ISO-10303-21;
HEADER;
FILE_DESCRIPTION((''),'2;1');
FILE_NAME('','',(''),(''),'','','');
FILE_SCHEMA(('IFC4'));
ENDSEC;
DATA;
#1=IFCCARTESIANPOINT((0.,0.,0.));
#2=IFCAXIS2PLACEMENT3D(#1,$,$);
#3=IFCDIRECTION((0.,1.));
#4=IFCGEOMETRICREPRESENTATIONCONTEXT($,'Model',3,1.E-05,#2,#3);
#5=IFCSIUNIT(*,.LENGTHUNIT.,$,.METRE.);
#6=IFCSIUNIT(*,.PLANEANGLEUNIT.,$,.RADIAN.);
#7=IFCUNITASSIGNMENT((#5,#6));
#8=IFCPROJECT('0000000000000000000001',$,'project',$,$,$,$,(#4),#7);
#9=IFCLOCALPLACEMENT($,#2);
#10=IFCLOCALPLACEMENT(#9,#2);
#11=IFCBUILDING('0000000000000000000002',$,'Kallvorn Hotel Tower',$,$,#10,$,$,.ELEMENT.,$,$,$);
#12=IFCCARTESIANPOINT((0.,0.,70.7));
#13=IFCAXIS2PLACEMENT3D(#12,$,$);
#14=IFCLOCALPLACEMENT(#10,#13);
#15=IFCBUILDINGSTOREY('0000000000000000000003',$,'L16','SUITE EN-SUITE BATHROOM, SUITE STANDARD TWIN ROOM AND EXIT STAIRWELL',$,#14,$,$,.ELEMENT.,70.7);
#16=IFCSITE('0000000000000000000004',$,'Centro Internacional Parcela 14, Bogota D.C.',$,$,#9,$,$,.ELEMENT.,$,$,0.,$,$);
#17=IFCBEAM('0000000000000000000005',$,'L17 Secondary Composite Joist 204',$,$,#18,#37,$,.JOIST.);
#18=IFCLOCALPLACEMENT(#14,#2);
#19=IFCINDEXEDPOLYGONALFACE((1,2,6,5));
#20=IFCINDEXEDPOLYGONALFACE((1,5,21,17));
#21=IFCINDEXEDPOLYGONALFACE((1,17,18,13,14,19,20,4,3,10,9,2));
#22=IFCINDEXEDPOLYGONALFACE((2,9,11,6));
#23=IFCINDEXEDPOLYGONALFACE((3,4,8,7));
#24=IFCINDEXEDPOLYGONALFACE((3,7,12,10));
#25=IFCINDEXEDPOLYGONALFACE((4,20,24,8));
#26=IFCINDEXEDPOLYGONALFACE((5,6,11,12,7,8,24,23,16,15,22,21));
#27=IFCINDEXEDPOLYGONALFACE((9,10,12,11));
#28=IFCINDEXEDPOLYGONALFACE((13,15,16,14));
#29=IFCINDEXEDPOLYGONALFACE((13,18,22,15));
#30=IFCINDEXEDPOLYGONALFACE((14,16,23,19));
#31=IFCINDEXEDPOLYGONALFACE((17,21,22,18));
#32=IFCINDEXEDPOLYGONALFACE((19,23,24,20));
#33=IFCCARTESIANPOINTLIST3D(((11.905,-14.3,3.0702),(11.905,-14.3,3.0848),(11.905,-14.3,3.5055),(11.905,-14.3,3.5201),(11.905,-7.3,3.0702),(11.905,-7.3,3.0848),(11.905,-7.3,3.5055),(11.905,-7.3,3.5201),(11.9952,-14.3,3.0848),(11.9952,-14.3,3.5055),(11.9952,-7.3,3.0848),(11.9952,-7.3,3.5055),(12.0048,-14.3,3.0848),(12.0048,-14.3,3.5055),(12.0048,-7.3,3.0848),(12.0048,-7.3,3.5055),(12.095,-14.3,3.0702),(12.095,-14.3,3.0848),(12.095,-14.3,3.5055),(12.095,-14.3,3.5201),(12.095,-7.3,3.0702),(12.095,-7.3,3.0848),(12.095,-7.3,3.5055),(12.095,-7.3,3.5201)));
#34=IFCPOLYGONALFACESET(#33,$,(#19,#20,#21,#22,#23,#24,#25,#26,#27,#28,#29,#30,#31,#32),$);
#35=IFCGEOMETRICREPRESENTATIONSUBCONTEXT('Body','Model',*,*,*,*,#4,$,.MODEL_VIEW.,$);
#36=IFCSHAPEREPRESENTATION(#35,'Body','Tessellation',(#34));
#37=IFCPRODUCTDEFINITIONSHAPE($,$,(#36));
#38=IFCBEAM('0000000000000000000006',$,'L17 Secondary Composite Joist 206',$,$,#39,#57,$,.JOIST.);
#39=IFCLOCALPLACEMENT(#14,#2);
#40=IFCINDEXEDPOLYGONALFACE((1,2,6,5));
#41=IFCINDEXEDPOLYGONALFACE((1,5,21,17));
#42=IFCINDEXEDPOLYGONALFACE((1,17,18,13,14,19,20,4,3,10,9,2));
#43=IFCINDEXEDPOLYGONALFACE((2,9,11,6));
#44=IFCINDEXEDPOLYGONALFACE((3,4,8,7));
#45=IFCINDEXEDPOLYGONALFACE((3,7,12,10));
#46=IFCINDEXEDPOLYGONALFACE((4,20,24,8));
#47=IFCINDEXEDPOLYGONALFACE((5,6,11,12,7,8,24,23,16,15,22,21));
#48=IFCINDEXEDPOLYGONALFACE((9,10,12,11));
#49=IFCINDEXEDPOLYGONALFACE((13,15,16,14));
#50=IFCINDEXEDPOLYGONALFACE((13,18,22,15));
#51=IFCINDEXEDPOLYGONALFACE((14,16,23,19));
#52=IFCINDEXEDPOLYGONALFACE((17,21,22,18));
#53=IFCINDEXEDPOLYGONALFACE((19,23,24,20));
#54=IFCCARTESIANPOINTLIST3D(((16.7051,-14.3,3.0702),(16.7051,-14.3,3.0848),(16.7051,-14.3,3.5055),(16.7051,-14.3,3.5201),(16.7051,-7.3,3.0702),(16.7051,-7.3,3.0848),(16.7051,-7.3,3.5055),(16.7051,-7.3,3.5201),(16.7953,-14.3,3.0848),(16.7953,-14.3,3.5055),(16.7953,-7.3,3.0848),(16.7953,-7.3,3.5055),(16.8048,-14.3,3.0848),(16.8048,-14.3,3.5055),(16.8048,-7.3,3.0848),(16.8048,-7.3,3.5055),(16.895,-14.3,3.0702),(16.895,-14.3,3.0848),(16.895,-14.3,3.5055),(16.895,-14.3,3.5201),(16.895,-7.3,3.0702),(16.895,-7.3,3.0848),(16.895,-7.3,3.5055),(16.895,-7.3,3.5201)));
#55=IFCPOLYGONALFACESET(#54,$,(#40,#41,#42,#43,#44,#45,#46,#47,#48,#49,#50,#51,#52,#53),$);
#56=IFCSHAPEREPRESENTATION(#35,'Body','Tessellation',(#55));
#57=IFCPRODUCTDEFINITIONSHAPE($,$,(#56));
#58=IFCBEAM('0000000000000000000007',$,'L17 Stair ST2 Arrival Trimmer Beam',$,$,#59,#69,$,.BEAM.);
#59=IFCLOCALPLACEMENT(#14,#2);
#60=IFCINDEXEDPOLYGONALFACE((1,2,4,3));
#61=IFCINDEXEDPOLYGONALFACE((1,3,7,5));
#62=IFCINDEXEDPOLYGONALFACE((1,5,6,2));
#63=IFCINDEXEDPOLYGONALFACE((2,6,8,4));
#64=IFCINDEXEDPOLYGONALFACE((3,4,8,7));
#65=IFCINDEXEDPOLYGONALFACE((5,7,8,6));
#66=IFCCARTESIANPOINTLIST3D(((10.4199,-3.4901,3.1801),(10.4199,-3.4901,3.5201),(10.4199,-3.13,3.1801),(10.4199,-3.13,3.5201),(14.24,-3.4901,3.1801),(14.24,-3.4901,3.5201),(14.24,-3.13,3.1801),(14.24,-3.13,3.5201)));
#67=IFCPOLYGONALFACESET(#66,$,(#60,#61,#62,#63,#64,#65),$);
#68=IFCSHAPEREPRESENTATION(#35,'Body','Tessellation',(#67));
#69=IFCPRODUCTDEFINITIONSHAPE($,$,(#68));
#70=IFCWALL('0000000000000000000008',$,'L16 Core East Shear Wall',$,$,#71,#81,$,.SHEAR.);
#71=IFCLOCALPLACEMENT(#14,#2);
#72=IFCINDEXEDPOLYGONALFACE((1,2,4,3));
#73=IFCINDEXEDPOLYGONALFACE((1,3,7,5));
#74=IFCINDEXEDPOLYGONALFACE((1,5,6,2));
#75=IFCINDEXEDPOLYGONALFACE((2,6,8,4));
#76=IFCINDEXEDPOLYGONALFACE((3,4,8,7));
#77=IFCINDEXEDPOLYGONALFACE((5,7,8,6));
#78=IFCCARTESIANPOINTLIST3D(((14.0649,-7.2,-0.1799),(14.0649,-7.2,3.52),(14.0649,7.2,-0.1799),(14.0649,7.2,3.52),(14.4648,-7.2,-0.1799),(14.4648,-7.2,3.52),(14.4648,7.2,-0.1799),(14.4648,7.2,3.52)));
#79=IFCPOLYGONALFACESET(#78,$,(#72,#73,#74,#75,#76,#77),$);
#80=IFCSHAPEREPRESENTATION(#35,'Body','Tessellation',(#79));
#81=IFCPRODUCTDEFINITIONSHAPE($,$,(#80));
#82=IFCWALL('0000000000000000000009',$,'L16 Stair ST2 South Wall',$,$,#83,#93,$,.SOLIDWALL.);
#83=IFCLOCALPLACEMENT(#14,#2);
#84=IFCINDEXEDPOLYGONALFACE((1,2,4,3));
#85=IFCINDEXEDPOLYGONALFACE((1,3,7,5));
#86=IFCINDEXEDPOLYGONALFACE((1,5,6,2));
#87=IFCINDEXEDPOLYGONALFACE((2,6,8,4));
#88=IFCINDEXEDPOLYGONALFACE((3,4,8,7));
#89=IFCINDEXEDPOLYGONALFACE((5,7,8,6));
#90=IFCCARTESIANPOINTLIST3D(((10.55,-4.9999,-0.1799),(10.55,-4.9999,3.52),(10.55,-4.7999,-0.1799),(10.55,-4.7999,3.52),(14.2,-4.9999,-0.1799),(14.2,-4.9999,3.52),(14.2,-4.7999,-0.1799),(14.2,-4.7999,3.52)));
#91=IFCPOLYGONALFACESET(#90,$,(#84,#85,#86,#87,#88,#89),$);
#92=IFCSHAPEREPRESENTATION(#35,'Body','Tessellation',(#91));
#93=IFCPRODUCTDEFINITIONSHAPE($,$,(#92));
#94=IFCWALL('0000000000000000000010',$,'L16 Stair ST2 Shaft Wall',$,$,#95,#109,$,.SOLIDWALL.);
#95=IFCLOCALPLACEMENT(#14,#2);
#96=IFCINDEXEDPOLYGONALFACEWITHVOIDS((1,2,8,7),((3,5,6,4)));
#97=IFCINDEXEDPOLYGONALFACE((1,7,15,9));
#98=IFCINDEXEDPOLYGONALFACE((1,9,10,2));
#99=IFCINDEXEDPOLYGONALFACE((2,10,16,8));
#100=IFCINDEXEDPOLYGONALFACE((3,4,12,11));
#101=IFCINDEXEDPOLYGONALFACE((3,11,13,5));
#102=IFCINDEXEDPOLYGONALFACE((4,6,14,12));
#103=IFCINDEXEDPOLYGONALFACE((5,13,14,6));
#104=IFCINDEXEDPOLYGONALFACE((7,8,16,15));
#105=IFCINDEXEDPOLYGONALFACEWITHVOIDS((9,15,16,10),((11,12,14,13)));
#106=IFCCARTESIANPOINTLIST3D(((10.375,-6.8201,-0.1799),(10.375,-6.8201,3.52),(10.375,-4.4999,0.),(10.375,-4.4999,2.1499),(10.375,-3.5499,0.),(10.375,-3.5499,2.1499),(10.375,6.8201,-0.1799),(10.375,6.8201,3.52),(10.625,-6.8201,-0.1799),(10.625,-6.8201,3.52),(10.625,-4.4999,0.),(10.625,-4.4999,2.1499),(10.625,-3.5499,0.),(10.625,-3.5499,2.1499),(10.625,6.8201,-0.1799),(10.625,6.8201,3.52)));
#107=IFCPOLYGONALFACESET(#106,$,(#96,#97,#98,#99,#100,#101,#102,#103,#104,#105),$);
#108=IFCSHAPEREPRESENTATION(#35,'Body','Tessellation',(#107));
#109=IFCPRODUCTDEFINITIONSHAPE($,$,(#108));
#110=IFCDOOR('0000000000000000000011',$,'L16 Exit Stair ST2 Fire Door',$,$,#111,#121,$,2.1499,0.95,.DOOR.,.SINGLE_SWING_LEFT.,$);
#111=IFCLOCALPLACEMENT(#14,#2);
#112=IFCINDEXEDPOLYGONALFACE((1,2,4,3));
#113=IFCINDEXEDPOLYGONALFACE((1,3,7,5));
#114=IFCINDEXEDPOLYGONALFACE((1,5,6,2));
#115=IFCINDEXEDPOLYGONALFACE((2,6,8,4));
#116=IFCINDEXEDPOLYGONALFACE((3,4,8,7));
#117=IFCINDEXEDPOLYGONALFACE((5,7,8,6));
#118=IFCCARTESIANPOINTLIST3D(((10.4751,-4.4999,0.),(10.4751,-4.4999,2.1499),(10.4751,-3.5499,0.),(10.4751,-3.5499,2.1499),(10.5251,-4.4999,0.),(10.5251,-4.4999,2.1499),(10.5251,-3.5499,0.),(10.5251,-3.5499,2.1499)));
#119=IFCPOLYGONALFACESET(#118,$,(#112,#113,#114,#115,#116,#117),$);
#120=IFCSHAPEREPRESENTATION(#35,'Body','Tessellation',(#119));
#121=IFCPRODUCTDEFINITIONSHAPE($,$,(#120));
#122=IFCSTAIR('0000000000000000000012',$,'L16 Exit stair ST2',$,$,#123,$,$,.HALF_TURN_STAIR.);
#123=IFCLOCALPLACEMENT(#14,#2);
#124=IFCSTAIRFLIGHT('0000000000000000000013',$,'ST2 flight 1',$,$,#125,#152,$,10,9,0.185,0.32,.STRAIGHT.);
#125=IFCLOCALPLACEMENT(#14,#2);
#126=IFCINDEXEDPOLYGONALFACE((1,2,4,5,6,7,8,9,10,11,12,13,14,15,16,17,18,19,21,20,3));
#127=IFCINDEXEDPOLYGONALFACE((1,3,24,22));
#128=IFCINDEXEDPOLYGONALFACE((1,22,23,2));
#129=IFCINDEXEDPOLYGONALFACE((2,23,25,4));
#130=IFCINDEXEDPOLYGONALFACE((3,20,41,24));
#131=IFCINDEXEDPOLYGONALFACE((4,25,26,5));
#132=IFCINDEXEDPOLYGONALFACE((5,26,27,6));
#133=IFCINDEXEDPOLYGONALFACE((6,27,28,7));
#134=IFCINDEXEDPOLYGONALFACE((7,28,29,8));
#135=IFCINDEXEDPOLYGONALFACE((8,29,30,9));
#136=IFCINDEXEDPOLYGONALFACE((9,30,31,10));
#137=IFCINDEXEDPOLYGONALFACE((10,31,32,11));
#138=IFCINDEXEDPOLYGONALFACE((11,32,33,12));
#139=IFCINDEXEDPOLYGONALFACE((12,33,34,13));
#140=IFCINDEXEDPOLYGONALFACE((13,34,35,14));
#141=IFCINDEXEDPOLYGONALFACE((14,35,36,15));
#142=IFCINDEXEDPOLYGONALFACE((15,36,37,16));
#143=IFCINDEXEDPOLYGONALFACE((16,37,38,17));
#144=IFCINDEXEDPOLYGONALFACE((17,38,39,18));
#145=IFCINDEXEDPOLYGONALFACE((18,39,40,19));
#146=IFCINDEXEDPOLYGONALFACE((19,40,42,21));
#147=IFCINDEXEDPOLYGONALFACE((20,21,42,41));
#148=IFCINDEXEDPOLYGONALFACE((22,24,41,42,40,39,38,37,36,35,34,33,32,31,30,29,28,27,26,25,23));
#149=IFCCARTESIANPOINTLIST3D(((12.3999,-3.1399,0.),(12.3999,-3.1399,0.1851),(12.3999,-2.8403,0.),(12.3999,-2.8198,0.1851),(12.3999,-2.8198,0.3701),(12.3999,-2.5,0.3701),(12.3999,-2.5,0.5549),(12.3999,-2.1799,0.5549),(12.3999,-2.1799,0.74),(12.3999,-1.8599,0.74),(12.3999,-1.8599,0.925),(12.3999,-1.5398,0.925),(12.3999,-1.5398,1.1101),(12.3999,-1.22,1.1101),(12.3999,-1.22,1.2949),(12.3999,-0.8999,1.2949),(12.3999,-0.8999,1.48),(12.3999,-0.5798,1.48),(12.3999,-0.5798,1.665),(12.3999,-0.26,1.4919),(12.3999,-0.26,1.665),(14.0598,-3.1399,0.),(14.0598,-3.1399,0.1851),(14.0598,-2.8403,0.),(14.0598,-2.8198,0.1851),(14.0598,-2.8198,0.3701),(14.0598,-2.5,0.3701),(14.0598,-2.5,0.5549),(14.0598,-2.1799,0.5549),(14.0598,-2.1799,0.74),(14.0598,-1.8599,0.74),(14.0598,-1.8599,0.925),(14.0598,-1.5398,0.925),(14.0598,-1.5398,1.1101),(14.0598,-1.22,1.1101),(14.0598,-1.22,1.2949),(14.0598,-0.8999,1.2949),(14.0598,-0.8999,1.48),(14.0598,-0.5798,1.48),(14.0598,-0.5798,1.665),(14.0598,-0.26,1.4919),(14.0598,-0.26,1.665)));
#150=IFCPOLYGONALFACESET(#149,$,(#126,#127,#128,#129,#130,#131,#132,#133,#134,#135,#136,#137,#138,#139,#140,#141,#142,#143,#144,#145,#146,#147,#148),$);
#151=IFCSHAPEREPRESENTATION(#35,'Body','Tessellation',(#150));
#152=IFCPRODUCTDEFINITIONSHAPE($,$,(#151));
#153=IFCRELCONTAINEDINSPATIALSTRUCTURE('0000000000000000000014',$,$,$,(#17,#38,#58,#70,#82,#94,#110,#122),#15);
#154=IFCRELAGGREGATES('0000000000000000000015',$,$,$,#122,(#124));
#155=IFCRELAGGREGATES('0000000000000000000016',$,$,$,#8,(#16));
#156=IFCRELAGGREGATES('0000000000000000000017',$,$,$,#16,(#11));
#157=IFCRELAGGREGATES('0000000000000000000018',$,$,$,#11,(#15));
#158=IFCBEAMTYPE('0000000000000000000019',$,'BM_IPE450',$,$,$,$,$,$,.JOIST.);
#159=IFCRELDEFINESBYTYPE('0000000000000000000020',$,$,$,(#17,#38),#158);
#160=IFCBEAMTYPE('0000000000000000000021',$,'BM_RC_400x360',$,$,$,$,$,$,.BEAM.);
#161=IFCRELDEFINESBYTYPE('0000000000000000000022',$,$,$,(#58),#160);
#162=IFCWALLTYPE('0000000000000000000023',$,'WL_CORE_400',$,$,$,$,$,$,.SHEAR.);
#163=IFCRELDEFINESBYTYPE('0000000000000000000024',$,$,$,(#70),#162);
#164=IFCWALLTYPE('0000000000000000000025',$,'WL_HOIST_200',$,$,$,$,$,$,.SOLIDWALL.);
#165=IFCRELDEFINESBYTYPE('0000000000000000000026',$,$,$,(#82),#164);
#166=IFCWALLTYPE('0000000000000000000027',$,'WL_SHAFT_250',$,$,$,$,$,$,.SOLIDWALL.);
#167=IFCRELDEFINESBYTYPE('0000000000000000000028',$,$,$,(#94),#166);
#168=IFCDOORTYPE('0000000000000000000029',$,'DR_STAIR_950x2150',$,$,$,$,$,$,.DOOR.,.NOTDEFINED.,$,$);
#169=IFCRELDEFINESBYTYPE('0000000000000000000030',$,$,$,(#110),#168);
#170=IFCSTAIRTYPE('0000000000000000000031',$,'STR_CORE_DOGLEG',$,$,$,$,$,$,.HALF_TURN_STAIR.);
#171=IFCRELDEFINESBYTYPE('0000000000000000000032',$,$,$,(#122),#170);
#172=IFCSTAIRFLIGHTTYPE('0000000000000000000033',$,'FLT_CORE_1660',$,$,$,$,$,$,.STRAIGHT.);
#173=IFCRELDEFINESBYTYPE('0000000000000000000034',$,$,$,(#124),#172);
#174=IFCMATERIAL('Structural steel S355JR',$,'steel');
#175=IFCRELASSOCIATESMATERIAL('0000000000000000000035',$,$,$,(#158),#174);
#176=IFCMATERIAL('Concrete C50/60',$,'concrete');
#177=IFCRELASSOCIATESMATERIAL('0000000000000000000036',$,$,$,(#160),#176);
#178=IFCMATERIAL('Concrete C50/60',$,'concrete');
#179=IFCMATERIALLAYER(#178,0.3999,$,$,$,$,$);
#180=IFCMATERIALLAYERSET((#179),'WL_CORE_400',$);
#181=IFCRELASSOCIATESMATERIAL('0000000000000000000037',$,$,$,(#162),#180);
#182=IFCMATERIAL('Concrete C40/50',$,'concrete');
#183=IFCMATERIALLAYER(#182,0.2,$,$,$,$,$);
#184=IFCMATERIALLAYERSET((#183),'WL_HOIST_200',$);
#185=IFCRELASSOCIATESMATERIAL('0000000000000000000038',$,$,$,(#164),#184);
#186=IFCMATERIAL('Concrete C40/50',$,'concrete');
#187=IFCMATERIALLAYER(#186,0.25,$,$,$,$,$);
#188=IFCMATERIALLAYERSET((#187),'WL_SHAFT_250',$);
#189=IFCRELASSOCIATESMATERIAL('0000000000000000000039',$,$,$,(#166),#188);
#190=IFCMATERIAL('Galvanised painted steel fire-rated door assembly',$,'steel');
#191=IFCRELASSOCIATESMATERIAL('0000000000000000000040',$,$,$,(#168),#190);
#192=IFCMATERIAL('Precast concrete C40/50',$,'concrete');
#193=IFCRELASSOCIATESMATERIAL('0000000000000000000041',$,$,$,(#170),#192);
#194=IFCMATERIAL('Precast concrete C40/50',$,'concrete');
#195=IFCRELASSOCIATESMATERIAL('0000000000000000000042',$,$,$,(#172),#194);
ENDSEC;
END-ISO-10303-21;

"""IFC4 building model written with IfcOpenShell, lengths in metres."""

from ifc_helpers import new_model, si_unit, direction, frame, frame_2d, origin, origin_2d, place, context, subcontext, project, spatial, polyline, rectangle, i_section, outline, extrude, material, layer, layer_set, material_profile, profile_set, type_object, element, fill, aggregate, save


model = new_model("IFC4")

# Units and contexts
model_context = context("Model", 3, precision=1e-05, world=origin(), true_north=direction((0.0, 1.0)))
body_context = subcontext(model_context, "Body", "Model", "MODEL_VIEW")
ifc_project = project(units=[si_unit("LENGTHUNIT", "METRE"), si_unit("PLANEANGLEUNIT", "RADIAN")], contexts=[model_context])

# Site, building, storey
site_placement = place(None, origin())
site = spatial("IfcSite", under=ifc_project, at=site_placement, Name="Centro Internacional Parcela 14, Bogota D.C.", CompositionType="ELEMENT", RefElevation=0.0)
building_placement = place(site_placement, origin())
building = spatial("IfcBuilding", under=site, at=building_placement, Name="Kallvorn Hotel Tower", CompositionType="ELEMENT")
storey_placement = place(building_placement, frame((0.0, 0.0, 70.7)))
storey = spatial("IfcBuildingStorey", under=building, at=storey_placement, Name="L16", Description="SUITE EN-SUITE BATHROOM, SUITE STANDARD TWIN ROOM AND EXIT STAIRWELL", CompositionType="ELEMENT", Elevation=70.7)

# Beams
ifc_material_1 = material(Name="Structural steel S355JR", Category="steel")
ifc_material_profile_1 = material_profile(ifc_material_1, i_section(OverallWidth=0.1899, OverallDepth=0.45, WebThickness=0.0095, FlangeThickness=0.0146, at=origin_2d()), Name="IPE 450")
ifc_profile_set_1 = profile_set([ifc_material_profile_1], Name="Structural steel S355JR")
beam_type_1 = type_object("IfcBeamType", Name="BM_IPE450", PredefinedType="JOIST", material=ifc_profile_set_1)
for number, where, z_axis, x_axis, name in (
    (1, (12.0, -14.3, 3.2952), (0.0, 1.0, 0.0), (-1.0, 0.0, 0.0), "L17 Secondary Composite Joist 204"),
    (2, (16.8, -14.3, 3.2952), (0.0, 1.0, 0.0), (-1.0, 0.0, 0.0), "L17 Secondary Composite Joist 206"),
):
    element("IfcBeam", number, at=place(storey_placement, frame(where, z_axis=z_axis, x_axis=x_axis)), inside=storey, type_object=beam_type_1, Name=name, PredefinedType="JOIST", context=body_context, shape_type="SweptSolid", body=[
        extrude(i_section(OverallWidth=0.1899, OverallDepth=0.45, WebThickness=0.0095, FlangeThickness=0.0146, at=origin_2d()), origin(), (0.0, 0.0, 1.0), 7.0),
    ])
ifc_material_2 = material(Name="Concrete C50/60", Category="concrete")
ifc_material_profile_2 = material_profile(ifc_material_2, rectangle(XDim=0.3601, YDim=0.3401, at=origin_2d()), Name="RC 360x340")
ifc_profile_set_2 = profile_set([ifc_material_profile_2], Name="Concrete C50/60")
beam_type_2 = type_object("IfcBeamType", Name="BM_RC_400x360", PredefinedType="BEAM", material=ifc_profile_set_2)
beam_1_placement = place(storey_placement, frame((14.24, -3.3101, 3.3501), z_axis=(-1.0, 0.0, 0.0), x_axis=(0.0, -1.0, 0.0)))
element("IfcBeam", 3, at=beam_1_placement, inside=storey, type_object=beam_type_2, Name="L17 Stair ST2 Arrival Trimmer Beam", PredefinedType="BEAM", context=body_context, shape_type="SweptSolid", body=[
    extrude(rectangle(XDim=0.3601, YDim=0.3401, at=origin_2d()), origin(), (0.0, 0.0, 1.0), 3.8201),
])

# Walls
ifc_material_3 = material(Name="Concrete C50/60", Category="concrete")
ifc_layer_1 = layer(ifc_material_3, 0.3999)
ifc_layer_set_1 = layer_set([ifc_layer_1], Name="WL_CORE_400")
wall_type_1 = type_object("IfcWallType", Name="WL_CORE_400", PredefinedType="SHEAR", material=ifc_layer_set_1)
wall_1_placement = place(storey_placement, frame((14.2649, -7.2, -0.1799), z_axis=(0.0, 0.0, 1.0), x_axis=(0.0, 1.0, 0.0)))
element("IfcWall", 4, at=wall_1_placement, inside=storey, type_object=wall_type_1, Name="L16 Core East Shear Wall", PredefinedType="SHEAR", context=body_context, shape_type="SweptSolid", body=[
    extrude(rectangle(XDim=14.3999, YDim=0.3999, at=frame_2d((7.2, 0.0))), origin(), (0.0, 0.0, 1.0), 3.7),
])
ifc_material_4 = material(Name="Concrete C40/50", Category="concrete")
ifc_layer_2 = layer(ifc_material_4, 0.2)
ifc_layer_set_2 = layer_set([ifc_layer_2], Name="WL_HOIST_200")
wall_type_2 = type_object("IfcWallType", Name="WL_HOIST_200", PredefinedType="SOLIDWALL", material=ifc_layer_set_2)
wall_2_placement = place(storey_placement, frame((10.55, -4.8999, -0.1799), z_axis=(0.0, 0.0, 1.0), x_axis=(1.0, 0.0, 0.0)))
element("IfcWall", 5, at=wall_2_placement, inside=storey, type_object=wall_type_2, Name="L16 Stair ST2 South Wall", PredefinedType="SOLIDWALL", context=body_context, shape_type="SweptSolid", body=[
    extrude(rectangle(XDim=3.6499, YDim=0.2, at=frame_2d((1.825, 0.0))), origin(), (0.0, 0.0, 1.0), 3.7),
])

# Wall, opening, door
ifc_material_5 = material(Name="Concrete C40/50", Category="concrete")
ifc_layer_3 = layer(ifc_material_5, 0.25)
ifc_layer_set_3 = layer_set([ifc_layer_3], Name="WL_SHAFT_250")
wall_type_3 = type_object("IfcWallType", Name="WL_SHAFT_250", PredefinedType="SOLIDWALL", material=ifc_layer_set_3)
wall_3_placement = place(storey_placement, frame((10.5, -6.8201, -0.1799), z_axis=(0.0, 0.0, 1.0), x_axis=(0.0, 1.0, 0.0)))
wall_3 = element("IfcWall", 6, at=wall_3_placement, inside=storey, type_object=wall_type_3, Name="L16 Stair ST2 Shaft Wall", PredefinedType="SOLIDWALL", context=body_context, shape_type="SweptSolid", body=[
    extrude(rectangle(XDim=13.6401, YDim=0.25, at=frame_2d((6.8201, 0.0))), origin(), (0.0, 0.0, 1.0), 3.7),
])
opening_placement = place(wall_3_placement, frame((2.3201, 0.0, 0.1799)))
opening = element("IfcOpeningElement", 7, at=opening_placement, cuts=wall_3, PredefinedType="OPENING", context=body_context, shape_type="SweptSolid", body=[
    extrude(rectangle(XDim=0.95, YDim=2.1499, at=frame_2d((0.4751, 1.075))), frame((0.0, 0.1399, 0.0), z_axis=(0.0, -1.0, 0.0), x_axis=(1.0, 0.0, 0.0)), (0.0, 0.0, 1.0), 0.28),
])
ifc_material_6 = material(Name="Galvanised painted steel fire-rated door assembly", Category="steel")
door_type = type_object("IfcDoorType", Name="DR_STAIR_950x2150", OperationType="NOTDEFINED", PredefinedType="DOOR", material=ifc_material_6)
door_placement = place(opening_placement, origin())
door = element("IfcDoor", 8, at=door_placement, inside=storey, type_object=door_type, Name="L16 Exit Stair ST2 Fire Door", OperationType="SINGLE_SWING_LEFT", OverallHeight=2.1499, OverallWidth=0.95, PredefinedType="DOOR", context=body_context, shape_type="SweptSolid", body=[
    extrude(rectangle(XDim=0.95, YDim=2.1499, at=frame_2d((0.4751, 1.075))), frame((0.0, 0.0249, 0.0), z_axis=(0.0, -1.0, 0.0), x_axis=(1.0, 0.0, 0.0)), (0.0, 0.0, 1.0), 0.05),
])
fill(opening, door)

# Stair, stair flight
ifc_material_7 = material(Name="Precast concrete C40/50", Category="concrete")
stair_type = type_object("IfcStairType", Name="STR_CORE_DOGLEG", PredefinedType="HALF_TURN_STAIR", material=ifc_material_7)
stair_placement = place(storey_placement, origin())
stair = element("IfcStair", 9, at=stair_placement, inside=storey, type_object=stair_type, Name="L16 Exit stair ST2", PredefinedType="HALF_TURN_STAIR")
ifc_material_8 = material(Name="Precast concrete C40/50", Category="concrete")
stair_flight_type = type_object("IfcStairFlightType", Name="FLT_CORE_1660", PredefinedType="STRAIGHT", material=ifc_material_8)
stair_flight_placement = place(storey_placement, frame((13.23, -3.1399, 0.0), z_axis=(0.0, 0.0, 1.0), x_axis=(0.0, 1.0, 0.0)))
stair_flight = element("IfcStairFlight", 10, at=stair_flight_placement, type_object=stair_flight_type, Name="ST2 flight 1", NumberOfRisers=10, NumberOfTreads=9, PredefinedType="STRAIGHT", RiserHeight=0.185, TreadLength=0.32, context=body_context, shape_type="SweptSolid", body=[
    extrude(outline(polyline([(0.0, 0.0), (0.0, 0.1851), (0.3201, 0.1851), (0.3201, 0.3701), (0.6399, 0.3701), (0.6399, 0.5549), (0.96, 0.5549), (0.96, 0.74), (1.28, 0.74), (1.28, 0.925), (1.6001, 0.925), (1.6001, 1.1101), (1.9199, 1.1101), (1.9199, 1.2949), (2.24, 1.2949), (2.24, 1.48), (2.5601, 1.48), (2.5601, 1.665), (2.8799, 1.665), (2.8799, 1.8501), (2.8799, 1.4919), (0.2996, 0.0), (0.0, 0.0)])), frame((0.0, 0.8301, 0.0), z_axis=(0.0, -1.0, 0.0), x_axis=(1.0, 0.0, 0.0)), (0.0, 0.0, 1.0), 1.6599),
])
aggregate(stair, [stair_flight])

save(model, "model.ifc")
